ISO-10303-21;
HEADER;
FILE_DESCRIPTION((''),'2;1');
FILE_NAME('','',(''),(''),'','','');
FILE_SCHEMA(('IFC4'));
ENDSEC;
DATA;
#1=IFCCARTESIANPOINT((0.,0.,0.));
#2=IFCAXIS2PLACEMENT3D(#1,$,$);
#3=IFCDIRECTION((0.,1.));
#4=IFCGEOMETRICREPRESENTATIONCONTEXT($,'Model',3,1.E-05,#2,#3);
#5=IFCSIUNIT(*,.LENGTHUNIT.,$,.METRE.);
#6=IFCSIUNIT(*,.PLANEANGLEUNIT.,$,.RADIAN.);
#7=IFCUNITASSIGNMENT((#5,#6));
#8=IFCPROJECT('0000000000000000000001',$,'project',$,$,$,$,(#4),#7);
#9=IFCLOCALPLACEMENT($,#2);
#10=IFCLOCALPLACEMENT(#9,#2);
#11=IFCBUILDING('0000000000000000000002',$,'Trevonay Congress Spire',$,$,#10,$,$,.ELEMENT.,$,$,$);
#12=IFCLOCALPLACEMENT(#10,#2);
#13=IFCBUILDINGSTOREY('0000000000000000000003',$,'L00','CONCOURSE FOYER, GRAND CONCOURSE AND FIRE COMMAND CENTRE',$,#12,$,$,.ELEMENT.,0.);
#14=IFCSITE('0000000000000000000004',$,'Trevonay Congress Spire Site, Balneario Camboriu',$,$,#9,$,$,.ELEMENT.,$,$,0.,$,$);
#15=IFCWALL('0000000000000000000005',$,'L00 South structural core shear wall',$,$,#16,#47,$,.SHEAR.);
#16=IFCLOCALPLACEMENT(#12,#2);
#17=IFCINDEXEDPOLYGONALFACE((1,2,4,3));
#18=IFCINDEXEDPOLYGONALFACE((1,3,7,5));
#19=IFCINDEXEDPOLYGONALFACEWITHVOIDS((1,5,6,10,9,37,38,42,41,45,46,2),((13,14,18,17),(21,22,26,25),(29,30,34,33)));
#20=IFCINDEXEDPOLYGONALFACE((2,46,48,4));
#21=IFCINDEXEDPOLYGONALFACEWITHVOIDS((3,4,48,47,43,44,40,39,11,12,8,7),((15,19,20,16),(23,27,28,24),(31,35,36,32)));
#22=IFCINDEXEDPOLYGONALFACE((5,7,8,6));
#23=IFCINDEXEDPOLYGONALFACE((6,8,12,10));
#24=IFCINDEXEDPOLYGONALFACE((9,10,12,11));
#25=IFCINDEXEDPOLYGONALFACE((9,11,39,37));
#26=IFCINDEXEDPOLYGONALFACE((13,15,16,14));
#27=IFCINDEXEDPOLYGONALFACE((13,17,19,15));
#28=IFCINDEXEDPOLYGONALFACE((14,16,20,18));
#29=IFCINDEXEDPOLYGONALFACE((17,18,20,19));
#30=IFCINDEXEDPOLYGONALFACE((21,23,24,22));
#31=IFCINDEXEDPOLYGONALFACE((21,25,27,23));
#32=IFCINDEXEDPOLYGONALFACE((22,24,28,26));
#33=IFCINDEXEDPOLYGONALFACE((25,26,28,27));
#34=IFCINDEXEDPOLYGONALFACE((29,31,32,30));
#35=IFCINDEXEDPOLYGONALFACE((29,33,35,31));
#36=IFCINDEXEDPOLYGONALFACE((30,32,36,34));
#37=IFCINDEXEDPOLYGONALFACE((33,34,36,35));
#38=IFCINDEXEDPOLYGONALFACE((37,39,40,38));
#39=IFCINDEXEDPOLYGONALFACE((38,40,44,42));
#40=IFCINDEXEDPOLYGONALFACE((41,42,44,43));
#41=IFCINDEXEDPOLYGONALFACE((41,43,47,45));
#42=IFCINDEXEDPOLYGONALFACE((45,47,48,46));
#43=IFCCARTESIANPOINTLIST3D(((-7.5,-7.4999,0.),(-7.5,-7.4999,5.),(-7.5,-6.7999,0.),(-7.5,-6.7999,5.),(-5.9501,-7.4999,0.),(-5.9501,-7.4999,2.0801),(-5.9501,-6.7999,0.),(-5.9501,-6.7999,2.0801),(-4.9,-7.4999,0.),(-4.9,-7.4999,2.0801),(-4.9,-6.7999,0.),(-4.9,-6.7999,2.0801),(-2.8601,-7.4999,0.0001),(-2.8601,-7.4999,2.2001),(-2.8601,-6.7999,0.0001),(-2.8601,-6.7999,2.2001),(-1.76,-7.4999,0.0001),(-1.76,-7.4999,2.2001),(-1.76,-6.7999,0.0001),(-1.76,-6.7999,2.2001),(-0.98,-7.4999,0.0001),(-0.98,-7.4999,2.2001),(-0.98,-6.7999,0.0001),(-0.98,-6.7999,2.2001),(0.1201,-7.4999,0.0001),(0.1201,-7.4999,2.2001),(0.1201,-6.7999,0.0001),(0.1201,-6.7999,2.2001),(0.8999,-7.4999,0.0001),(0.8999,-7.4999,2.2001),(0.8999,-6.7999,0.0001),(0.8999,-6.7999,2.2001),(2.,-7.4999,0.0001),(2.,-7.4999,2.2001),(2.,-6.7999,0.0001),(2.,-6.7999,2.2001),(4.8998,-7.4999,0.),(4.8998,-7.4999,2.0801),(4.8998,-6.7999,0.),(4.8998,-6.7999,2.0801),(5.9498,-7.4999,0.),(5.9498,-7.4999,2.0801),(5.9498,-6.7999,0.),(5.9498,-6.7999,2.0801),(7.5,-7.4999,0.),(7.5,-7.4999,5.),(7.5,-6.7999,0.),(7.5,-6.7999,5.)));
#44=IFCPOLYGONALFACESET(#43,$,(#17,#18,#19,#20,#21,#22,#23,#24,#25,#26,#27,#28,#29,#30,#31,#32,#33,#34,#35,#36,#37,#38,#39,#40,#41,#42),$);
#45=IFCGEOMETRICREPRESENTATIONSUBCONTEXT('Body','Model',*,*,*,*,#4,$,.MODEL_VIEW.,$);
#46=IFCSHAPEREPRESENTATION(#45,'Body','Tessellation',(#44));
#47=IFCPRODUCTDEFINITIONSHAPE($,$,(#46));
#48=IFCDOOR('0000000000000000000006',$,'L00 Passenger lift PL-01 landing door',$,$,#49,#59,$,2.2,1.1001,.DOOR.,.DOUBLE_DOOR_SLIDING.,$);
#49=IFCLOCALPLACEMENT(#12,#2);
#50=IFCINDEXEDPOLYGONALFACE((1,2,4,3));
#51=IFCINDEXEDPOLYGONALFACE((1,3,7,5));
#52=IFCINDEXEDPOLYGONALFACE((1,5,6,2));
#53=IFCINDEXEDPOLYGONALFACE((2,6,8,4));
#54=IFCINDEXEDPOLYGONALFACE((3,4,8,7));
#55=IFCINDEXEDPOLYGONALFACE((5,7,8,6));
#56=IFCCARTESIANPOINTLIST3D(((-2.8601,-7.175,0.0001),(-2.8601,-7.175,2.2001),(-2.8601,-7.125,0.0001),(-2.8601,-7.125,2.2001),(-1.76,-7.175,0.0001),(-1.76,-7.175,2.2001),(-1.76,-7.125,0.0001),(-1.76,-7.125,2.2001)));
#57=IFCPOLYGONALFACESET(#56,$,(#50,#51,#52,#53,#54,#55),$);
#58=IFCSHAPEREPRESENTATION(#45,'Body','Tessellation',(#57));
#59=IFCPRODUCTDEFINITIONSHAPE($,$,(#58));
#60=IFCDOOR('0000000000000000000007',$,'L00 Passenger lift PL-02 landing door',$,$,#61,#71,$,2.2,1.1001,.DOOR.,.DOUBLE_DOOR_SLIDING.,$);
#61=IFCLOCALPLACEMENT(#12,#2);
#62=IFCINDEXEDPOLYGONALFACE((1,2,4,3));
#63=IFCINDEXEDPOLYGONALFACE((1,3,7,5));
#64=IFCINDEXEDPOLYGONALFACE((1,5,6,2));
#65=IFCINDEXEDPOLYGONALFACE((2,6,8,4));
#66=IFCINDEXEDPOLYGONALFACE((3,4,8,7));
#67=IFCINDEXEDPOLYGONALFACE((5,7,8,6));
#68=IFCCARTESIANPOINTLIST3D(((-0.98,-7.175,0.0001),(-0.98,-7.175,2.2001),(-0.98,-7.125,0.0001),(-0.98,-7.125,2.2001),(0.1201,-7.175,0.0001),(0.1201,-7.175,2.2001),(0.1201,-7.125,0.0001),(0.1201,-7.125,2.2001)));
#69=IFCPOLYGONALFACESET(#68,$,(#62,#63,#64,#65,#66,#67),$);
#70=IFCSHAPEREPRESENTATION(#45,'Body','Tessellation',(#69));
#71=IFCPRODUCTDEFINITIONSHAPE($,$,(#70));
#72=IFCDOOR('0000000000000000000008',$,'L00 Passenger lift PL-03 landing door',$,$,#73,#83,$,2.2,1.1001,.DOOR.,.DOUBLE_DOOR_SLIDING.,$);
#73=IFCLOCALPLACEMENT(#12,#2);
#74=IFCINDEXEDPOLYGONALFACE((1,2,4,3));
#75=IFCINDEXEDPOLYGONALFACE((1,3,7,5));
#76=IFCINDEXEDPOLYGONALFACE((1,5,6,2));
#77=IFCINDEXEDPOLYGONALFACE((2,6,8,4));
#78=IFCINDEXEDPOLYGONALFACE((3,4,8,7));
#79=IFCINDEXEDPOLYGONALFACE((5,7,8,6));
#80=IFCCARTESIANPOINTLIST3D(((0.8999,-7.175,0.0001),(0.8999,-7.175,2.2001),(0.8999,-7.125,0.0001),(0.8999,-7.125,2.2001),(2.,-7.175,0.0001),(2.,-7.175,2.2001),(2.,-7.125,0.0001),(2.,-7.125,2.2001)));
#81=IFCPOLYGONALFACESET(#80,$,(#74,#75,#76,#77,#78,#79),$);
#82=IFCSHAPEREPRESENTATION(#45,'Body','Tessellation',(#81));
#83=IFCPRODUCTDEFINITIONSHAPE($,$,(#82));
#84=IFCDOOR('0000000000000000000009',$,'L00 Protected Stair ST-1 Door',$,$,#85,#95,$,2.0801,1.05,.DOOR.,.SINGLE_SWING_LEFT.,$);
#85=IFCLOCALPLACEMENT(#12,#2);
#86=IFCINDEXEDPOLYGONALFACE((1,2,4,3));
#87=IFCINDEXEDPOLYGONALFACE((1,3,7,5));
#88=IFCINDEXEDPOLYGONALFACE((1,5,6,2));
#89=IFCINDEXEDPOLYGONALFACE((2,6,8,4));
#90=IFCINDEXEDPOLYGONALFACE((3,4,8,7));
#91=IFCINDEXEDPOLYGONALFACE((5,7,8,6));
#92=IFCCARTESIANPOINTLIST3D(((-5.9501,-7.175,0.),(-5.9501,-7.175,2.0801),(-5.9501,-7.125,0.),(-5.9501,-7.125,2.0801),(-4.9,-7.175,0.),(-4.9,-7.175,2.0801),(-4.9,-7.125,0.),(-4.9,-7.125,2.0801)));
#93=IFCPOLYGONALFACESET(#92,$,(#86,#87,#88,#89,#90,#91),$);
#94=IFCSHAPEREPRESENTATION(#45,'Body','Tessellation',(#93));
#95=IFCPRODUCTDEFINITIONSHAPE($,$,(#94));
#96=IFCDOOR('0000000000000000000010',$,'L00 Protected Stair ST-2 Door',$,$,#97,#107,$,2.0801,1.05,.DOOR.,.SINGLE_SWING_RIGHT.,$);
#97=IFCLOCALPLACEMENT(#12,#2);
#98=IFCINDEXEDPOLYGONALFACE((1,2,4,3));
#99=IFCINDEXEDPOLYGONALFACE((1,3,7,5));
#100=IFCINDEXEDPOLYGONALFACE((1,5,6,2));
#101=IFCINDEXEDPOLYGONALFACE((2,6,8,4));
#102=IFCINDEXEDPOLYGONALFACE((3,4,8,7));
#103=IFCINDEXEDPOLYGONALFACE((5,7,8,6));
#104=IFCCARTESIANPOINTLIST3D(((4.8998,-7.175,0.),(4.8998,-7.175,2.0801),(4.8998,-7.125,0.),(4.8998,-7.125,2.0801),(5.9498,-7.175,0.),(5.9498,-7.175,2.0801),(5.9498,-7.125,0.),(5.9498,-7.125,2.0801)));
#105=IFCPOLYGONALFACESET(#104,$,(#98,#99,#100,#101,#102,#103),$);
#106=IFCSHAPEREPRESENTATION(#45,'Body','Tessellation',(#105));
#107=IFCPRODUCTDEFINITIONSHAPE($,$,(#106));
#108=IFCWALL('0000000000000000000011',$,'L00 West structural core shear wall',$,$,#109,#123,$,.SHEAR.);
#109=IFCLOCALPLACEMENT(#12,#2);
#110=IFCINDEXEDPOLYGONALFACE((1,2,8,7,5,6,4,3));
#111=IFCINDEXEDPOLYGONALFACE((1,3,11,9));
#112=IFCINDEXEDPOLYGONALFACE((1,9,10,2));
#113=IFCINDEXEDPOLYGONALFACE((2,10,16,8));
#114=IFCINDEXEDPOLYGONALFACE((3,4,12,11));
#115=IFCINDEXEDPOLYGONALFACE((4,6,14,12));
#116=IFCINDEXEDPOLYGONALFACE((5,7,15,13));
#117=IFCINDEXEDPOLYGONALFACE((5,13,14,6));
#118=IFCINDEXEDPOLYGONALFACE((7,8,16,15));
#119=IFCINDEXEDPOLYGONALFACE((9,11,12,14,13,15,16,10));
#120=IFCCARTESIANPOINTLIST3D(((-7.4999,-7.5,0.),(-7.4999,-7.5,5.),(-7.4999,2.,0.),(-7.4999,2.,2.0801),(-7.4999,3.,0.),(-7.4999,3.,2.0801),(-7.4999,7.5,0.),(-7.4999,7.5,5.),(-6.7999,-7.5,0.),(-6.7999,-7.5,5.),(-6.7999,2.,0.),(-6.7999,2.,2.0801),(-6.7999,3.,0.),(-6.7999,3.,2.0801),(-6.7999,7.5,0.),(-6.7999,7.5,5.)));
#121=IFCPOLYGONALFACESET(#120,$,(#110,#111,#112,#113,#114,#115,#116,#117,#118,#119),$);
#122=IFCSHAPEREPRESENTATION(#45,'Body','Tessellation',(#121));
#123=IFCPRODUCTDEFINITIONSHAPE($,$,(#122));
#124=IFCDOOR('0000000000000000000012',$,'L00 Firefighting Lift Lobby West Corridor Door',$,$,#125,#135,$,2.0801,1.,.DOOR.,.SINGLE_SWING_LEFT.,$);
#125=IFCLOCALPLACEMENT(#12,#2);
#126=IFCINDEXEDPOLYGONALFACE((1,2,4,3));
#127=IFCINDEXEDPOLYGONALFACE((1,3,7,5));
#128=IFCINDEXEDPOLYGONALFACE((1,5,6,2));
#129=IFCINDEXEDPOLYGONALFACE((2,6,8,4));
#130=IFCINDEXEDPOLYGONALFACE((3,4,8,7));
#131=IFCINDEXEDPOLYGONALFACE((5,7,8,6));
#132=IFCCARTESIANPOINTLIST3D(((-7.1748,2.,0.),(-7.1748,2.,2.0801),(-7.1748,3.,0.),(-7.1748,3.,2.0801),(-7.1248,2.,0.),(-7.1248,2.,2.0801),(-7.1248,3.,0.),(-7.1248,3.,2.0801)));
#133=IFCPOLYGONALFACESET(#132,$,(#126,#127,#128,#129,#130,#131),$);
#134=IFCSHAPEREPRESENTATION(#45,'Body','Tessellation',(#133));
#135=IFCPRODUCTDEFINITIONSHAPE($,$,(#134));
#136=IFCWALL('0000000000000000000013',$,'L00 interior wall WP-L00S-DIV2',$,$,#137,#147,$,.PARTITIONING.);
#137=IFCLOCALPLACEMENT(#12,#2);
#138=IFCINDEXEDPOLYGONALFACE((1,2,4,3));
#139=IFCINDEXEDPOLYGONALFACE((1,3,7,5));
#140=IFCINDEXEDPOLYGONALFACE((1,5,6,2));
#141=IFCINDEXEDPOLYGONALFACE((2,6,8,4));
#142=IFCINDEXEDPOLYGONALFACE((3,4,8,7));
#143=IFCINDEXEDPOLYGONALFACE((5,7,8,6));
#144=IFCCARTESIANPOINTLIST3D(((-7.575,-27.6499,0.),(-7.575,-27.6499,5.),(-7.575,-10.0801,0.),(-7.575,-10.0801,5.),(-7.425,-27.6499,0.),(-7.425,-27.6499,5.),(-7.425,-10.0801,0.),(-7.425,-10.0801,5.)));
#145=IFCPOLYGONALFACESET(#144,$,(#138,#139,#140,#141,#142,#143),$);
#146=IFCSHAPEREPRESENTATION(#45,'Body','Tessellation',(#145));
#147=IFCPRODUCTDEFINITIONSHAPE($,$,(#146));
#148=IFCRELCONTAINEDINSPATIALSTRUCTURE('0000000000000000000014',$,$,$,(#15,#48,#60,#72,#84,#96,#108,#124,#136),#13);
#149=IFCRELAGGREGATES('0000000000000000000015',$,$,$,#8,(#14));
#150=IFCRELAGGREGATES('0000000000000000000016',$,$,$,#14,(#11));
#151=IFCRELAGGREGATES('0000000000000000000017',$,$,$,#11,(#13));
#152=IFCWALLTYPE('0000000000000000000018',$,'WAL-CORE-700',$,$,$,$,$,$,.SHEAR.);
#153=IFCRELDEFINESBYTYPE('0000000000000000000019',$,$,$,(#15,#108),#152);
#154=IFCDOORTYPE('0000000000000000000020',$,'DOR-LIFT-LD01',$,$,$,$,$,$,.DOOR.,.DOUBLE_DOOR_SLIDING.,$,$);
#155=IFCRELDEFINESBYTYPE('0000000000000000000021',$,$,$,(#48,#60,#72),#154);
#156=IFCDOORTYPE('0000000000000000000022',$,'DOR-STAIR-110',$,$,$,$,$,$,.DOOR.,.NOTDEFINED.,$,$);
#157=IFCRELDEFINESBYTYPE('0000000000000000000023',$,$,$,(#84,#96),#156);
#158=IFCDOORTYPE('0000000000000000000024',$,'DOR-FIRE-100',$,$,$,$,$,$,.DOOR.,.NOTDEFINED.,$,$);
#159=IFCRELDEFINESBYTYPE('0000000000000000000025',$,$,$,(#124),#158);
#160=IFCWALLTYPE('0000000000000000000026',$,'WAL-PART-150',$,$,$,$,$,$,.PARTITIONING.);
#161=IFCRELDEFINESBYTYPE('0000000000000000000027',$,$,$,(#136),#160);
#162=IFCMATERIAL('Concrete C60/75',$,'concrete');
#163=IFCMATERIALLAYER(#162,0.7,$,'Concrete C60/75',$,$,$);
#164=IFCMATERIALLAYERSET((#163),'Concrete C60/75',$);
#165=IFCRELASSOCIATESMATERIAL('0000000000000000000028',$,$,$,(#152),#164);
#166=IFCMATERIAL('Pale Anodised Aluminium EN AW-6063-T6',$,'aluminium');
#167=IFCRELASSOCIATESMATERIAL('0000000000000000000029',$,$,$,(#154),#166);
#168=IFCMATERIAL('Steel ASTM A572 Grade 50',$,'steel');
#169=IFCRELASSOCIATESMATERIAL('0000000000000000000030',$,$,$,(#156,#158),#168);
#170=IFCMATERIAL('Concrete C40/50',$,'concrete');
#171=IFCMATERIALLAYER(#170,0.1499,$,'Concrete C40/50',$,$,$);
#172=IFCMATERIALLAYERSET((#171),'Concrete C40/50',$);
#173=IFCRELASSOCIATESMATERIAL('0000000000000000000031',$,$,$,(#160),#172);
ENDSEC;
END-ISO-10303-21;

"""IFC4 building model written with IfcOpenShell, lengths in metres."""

from ifc_helpers import new_model, si_unit, direction, frame, frame_2d, origin, place, context, subcontext, project, spatial, rectangle, extrude, material, layer, layer_set, type_object, element, fill, save


model = new_model("IFC4")

# Units and contexts
model_context = context("Model", 3, precision=1e-05, world=origin(), true_north=direction((0.0, 1.0)))
body_context = subcontext(model_context, "Body", "Model", "MODEL_VIEW")
ifc_project = project(units=[si_unit("LENGTHUNIT", "METRE"), si_unit("PLANEANGLEUNIT", "RADIAN")], contexts=[model_context])

# Site, building, storey
site_placement = place(None, origin())
site = spatial("IfcSite", under=ifc_project, at=site_placement, Name="Trevonay Congress Spire Site, Balneario Camboriu", CompositionType="ELEMENT", RefElevation=0.0)
building_placement = place(site_placement, origin())
building = spatial("IfcBuilding", under=site, at=building_placement, Name="Trevonay Congress Spire", CompositionType="ELEMENT")
storey_placement = place(building_placement, origin())
storey = spatial("IfcBuildingStorey", under=building, at=storey_placement, Name="L00", Description="CONCOURSE FOYER, GRAND CONCOURSE AND FIRE COMMAND CENTRE", CompositionType="ELEMENT", Elevation=0.0)

# Shared definitions
ifc_material_1 = material(Name="Steel ASTM A572 Grade 50", Category="steel")
ifc_material_2 = material(Name="Concrete C60/75", Category="concrete")

# Wall, openings, doors
ifc_layer_1 = layer(ifc_material_2, 0.7, Name="Concrete C60/75")
ifc_layer_set_1 = layer_set([ifc_layer_1], Name="Concrete C60/75")
wall_type_1 = type_object("IfcWallType", Name="WAL-CORE-700", PredefinedType="SHEAR", material=ifc_layer_set_1)
wall_1_placement = place(storey_placement, frame((-7.5, -7.1499, 0.0), z_axis=(0.0, 0.0, 1.0), x_axis=(1.0, 0.0, 0.0)))
wall_1 = element("IfcWall", 1, at=wall_1_placement, inside=storey, type_object=wall_type_1, Name="L00 South structural core shear wall", PredefinedType="SHEAR", context=body_context, shape_type="SweptSolid", body=[
    extrude(rectangle(XDim=15.0, YDim=0.7, at=frame_2d((7.5, 0.0))), origin(), (0.0, 0.0, 1.0), 5.0),
])
opening_1_placement = place(wall_1_placement, frame((1.55, 0.0, 0.0)))
opening_1 = element("IfcOpeningElement", 2, at=opening_1_placement, cuts=wall_1, PredefinedType="OPENING", context=body_context, shape_type="SweptSolid", body=[
    extrude(rectangle(XDim=1.05, YDim=2.0801, at=frame_2d((0.5249, 1.04))), frame((0.0, 0.3599, 0.0), z_axis=(0.0, -1.0, 0.0), x_axis=(1.0, 0.0, 0.0)), (0.0, 0.0, 1.0), 0.72),
])
opening_2_placement = place(wall_1_placement, frame((12.3999, 0.0, 0.0)))
opening_2 = element("IfcOpeningElement", 3, at=opening_2_placement, cuts=wall_1, PredefinedType="OPENING", context=body_context, shape_type="SweptSolid", body=[
    extrude(rectangle(XDim=1.05, YDim=2.0801, at=frame_2d((0.5249, 1.04))), frame((0.0, 0.3599, 0.0), z_axis=(0.0, -1.0, 0.0), x_axis=(1.0, 0.0, 0.0)), (0.0, 0.0, 1.0), 0.72),
])
opening_3_placement = place(wall_1_placement, frame((4.6399, 0.0, 0.0)))
opening_3 = element("IfcOpeningElement", 4, at=opening_3_placement, cuts=wall_1, PredefinedType="OPENING", context=body_context, shape_type="SweptSolid", body=[
    extrude(rectangle(XDim=1.1001, YDim=2.2, at=frame_2d((0.55, 1.1001))), frame((0.0, 0.3599, 0.0), z_axis=(0.0, -1.0, 0.0), x_axis=(1.0, 0.0, 0.0)), (0.0, 0.0, 1.0), 0.72),
])
opening_4_placement = place(wall_1_placement, frame((6.52, 0.0, 0.0)))
opening_4 = element("IfcOpeningElement", 5, at=opening_4_placement, cuts=wall_1, PredefinedType="OPENING", context=body_context, shape_type="SweptSolid", body=[
    extrude(rectangle(XDim=1.1001, YDim=2.2, at=frame_2d((0.55, 1.1001))), frame((0.0, 0.3599, 0.0), z_axis=(0.0, -1.0, 0.0), x_axis=(1.0, 0.0, 0.0)), (0.0, 0.0, 1.0), 0.72),
])
opening_5_placement = place(wall_1_placement, frame((8.3999, 0.0, 0.0)))
opening_5 = element("IfcOpeningElement", 6, at=opening_5_placement, cuts=wall_1, PredefinedType="OPENING", context=body_context, shape_type="SweptSolid", body=[
    extrude(rectangle(XDim=1.1001, YDim=2.2, at=frame_2d((0.55, 1.1001))), frame((0.0, 0.3599, 0.0), z_axis=(0.0, -1.0, 0.0), x_axis=(1.0, 0.0, 0.0)), (0.0, 0.0, 1.0), 0.72),
])
ifc_material_3 = material(Name="Pale Anodised Aluminium EN AW-6063-T6", Category="aluminium")
door_type_1 = type_object("IfcDoorType", Name="DOR-LIFT-LD01", OperationType="DOUBLE_DOOR_SLIDING", PredefinedType="DOOR", material=ifc_material_3)
door_1_placement = place(opening_3_placement, origin())
door_1 = element("IfcDoor", 7, at=door_1_placement, inside=storey, type_object=door_type_1, Name="L00 Passenger lift PL-01 landing door", OperationType="DOUBLE_DOOR_SLIDING", OverallHeight=2.2, OverallWidth=1.1001, PredefinedType="DOOR", context=body_context, shape_type="SweptSolid", body=[
    extrude(rectangle(XDim=1.1001, YDim=2.2, at=frame_2d((0.55, 1.1001))), frame((0.0, 0.0249, 0.0), z_axis=(0.0, -1.0, 0.0), x_axis=(1.0, 0.0, 0.0)), (0.0, 0.0, 1.0), 0.05),
])
fill(opening_3, door_1)
door_2_placement = place(opening_4_placement, origin())
door_2 = element("IfcDoor", 8, at=door_2_placement, inside=storey, type_object=door_type_1, Name="L00 Passenger lift PL-02 landing door", OperationType="DOUBLE_DOOR_SLIDING", OverallHeight=2.2, OverallWidth=1.1001, PredefinedType="DOOR", context=body_context, shape_type="SweptSolid", body=[
    extrude(rectangle(XDim=1.1001, YDim=2.2, at=frame_2d((0.55, 1.1001))), frame((0.0, 0.0249, 0.0), z_axis=(0.0, -1.0, 0.0), x_axis=(1.0, 0.0, 0.0)), (0.0, 0.0, 1.0), 0.05),
])
fill(opening_4, door_2)
door_3_placement = place(opening_5_placement, origin())
door_3 = element("IfcDoor", 9, at=door_3_placement, inside=storey, type_object=door_type_1, Name="L00 Passenger lift PL-03 landing door", OperationType="DOUBLE_DOOR_SLIDING", OverallHeight=2.2, OverallWidth=1.1001, PredefinedType="DOOR", context=body_context, shape_type="SweptSolid", body=[
    extrude(rectangle(XDim=1.1001, YDim=2.2, at=frame_2d((0.55, 1.1001))), frame((0.0, 0.0249, 0.0), z_axis=(0.0, -1.0, 0.0), x_axis=(1.0, 0.0, 0.0)), (0.0, 0.0, 1.0), 0.05),
])
fill(opening_5, door_3)
door_type_2 = type_object("IfcDoorType", Name="DOR-STAIR-110", OperationType="NOTDEFINED", PredefinedType="DOOR", material=ifc_material_1)
door_4_placement = place(opening_1_placement, origin())
door_4 = element("IfcDoor", 10, at=door_4_placement, inside=storey, type_object=door_type_2, Name="L00 Protected Stair ST-1 Door", OperationType="SINGLE_SWING_LEFT", OverallHeight=2.0801, OverallWidth=1.05, PredefinedType="DOOR", context=body_context, shape_type="SweptSolid", body=[
    extrude(rectangle(XDim=1.05, YDim=2.0801, at=frame_2d((0.5249, 1.04))), frame((0.0, 0.0249, 0.0), z_axis=(0.0, -1.0, 0.0), x_axis=(1.0, 0.0, 0.0)), (0.0, 0.0, 1.0), 0.05),
])
fill(opening_1, door_4)
door_5_placement = place(opening_2_placement, origin())
door_5 = element("IfcDoor", 11, at=door_5_placement, inside=storey, type_object=door_type_2, Name="L00 Protected Stair ST-2 Door", OperationType="SINGLE_SWING_RIGHT", OverallHeight=2.0801, OverallWidth=1.05, PredefinedType="DOOR", context=body_context, shape_type="SweptSolid", body=[
    extrude(rectangle(XDim=1.05, YDim=2.0801, at=frame_2d((0.5249, 1.04))), frame((0.0, 0.0249, 0.0), z_axis=(0.0, -1.0, 0.0), x_axis=(1.0, 0.0, 0.0)), (0.0, 0.0, 1.0), 0.05),
])
fill(opening_2, door_5)

# Wall, opening, door
wall_2_placement = place(storey_placement, frame((-7.1499, -7.5, 0.0), z_axis=(0.0, 0.0, 1.0), x_axis=(0.0, 1.0, 0.0)))
wall_2 = element("IfcWall", 12, at=wall_2_placement, inside=storey, type_object=wall_type_1, Name="L00 West structural core shear wall", PredefinedType="SHEAR", context=body_context, shape_type="SweptSolid", body=[
    extrude(rectangle(XDim=15.0, YDim=0.7, at=frame_2d((7.5, 0.0))), origin(), (0.0, 0.0, 1.0), 5.0),
])
opening_6_placement = place(wall_2_placement, frame((9.5, 0.0, 0.0)))
opening_6 = element("IfcOpeningElement", 13, at=opening_6_placement, cuts=wall_2, PredefinedType="OPENING", context=body_context, shape_type="SweptSolid", body=[
    extrude(rectangle(XDim=1.0, YDim=2.0801, at=frame_2d((0.5, 1.04))), frame((0.0, 0.3599, 0.0), z_axis=(0.0, -1.0, 0.0), x_axis=(1.0, 0.0, 0.0)), (0.0, 0.0, 1.0), 0.72),
])
door_type_3 = type_object("IfcDoorType", Name="DOR-FIRE-100", OperationType="NOTDEFINED", PredefinedType="DOOR", material=ifc_material_1)
door_6_placement = place(opening_6_placement, origin())
door_6 = element("IfcDoor", 14, at=door_6_placement, inside=storey, type_object=door_type_3, Name="L00 Firefighting Lift Lobby West Corridor Door", OperationType="SINGLE_SWING_LEFT", OverallHeight=2.0801, OverallWidth=1.0, PredefinedType="DOOR", context=body_context, shape_type="SweptSolid", body=[
    extrude(rectangle(XDim=1.0, YDim=2.0801, at=frame_2d((0.5, 1.04))), frame((0.0, 0.0249, 0.0), z_axis=(0.0, -1.0, 0.0), x_axis=(1.0, 0.0, 0.0)), (0.0, 0.0, 1.0), 0.05),
])
fill(opening_6, door_6)

# Wall
ifc_material_4 = material(Name="Concrete C40/50", Category="concrete")
ifc_layer_2 = layer(ifc_material_4, 0.1499, Name="Concrete C40/50")
ifc_layer_set_2 = layer_set([ifc_layer_2], Name="Concrete C40/50")
wall_type_2 = type_object("IfcWallType", Name="WAL-PART-150", PredefinedType="PARTITIONING", material=ifc_layer_set_2)
wall_3_placement = place(storey_placement, frame((-7.5, -27.6499, 0.0), z_axis=(0.0, 0.0, 1.0), x_axis=(0.0, 1.0, 0.0)))
element("IfcWall", 15, at=wall_3_placement, inside=storey, type_object=wall_type_2, Name="L00 interior wall WP-L00S-DIV2", PredefinedType="PARTITIONING", context=body_context, shape_type="SweptSolid", body=[
    extrude(rectangle(XDim=17.5698, YDim=0.1499, at=frame_2d((8.7849, 0.0))), origin(), (0.0, 0.0, 1.0), 5.0),
])

save(model, "model.ifc")
